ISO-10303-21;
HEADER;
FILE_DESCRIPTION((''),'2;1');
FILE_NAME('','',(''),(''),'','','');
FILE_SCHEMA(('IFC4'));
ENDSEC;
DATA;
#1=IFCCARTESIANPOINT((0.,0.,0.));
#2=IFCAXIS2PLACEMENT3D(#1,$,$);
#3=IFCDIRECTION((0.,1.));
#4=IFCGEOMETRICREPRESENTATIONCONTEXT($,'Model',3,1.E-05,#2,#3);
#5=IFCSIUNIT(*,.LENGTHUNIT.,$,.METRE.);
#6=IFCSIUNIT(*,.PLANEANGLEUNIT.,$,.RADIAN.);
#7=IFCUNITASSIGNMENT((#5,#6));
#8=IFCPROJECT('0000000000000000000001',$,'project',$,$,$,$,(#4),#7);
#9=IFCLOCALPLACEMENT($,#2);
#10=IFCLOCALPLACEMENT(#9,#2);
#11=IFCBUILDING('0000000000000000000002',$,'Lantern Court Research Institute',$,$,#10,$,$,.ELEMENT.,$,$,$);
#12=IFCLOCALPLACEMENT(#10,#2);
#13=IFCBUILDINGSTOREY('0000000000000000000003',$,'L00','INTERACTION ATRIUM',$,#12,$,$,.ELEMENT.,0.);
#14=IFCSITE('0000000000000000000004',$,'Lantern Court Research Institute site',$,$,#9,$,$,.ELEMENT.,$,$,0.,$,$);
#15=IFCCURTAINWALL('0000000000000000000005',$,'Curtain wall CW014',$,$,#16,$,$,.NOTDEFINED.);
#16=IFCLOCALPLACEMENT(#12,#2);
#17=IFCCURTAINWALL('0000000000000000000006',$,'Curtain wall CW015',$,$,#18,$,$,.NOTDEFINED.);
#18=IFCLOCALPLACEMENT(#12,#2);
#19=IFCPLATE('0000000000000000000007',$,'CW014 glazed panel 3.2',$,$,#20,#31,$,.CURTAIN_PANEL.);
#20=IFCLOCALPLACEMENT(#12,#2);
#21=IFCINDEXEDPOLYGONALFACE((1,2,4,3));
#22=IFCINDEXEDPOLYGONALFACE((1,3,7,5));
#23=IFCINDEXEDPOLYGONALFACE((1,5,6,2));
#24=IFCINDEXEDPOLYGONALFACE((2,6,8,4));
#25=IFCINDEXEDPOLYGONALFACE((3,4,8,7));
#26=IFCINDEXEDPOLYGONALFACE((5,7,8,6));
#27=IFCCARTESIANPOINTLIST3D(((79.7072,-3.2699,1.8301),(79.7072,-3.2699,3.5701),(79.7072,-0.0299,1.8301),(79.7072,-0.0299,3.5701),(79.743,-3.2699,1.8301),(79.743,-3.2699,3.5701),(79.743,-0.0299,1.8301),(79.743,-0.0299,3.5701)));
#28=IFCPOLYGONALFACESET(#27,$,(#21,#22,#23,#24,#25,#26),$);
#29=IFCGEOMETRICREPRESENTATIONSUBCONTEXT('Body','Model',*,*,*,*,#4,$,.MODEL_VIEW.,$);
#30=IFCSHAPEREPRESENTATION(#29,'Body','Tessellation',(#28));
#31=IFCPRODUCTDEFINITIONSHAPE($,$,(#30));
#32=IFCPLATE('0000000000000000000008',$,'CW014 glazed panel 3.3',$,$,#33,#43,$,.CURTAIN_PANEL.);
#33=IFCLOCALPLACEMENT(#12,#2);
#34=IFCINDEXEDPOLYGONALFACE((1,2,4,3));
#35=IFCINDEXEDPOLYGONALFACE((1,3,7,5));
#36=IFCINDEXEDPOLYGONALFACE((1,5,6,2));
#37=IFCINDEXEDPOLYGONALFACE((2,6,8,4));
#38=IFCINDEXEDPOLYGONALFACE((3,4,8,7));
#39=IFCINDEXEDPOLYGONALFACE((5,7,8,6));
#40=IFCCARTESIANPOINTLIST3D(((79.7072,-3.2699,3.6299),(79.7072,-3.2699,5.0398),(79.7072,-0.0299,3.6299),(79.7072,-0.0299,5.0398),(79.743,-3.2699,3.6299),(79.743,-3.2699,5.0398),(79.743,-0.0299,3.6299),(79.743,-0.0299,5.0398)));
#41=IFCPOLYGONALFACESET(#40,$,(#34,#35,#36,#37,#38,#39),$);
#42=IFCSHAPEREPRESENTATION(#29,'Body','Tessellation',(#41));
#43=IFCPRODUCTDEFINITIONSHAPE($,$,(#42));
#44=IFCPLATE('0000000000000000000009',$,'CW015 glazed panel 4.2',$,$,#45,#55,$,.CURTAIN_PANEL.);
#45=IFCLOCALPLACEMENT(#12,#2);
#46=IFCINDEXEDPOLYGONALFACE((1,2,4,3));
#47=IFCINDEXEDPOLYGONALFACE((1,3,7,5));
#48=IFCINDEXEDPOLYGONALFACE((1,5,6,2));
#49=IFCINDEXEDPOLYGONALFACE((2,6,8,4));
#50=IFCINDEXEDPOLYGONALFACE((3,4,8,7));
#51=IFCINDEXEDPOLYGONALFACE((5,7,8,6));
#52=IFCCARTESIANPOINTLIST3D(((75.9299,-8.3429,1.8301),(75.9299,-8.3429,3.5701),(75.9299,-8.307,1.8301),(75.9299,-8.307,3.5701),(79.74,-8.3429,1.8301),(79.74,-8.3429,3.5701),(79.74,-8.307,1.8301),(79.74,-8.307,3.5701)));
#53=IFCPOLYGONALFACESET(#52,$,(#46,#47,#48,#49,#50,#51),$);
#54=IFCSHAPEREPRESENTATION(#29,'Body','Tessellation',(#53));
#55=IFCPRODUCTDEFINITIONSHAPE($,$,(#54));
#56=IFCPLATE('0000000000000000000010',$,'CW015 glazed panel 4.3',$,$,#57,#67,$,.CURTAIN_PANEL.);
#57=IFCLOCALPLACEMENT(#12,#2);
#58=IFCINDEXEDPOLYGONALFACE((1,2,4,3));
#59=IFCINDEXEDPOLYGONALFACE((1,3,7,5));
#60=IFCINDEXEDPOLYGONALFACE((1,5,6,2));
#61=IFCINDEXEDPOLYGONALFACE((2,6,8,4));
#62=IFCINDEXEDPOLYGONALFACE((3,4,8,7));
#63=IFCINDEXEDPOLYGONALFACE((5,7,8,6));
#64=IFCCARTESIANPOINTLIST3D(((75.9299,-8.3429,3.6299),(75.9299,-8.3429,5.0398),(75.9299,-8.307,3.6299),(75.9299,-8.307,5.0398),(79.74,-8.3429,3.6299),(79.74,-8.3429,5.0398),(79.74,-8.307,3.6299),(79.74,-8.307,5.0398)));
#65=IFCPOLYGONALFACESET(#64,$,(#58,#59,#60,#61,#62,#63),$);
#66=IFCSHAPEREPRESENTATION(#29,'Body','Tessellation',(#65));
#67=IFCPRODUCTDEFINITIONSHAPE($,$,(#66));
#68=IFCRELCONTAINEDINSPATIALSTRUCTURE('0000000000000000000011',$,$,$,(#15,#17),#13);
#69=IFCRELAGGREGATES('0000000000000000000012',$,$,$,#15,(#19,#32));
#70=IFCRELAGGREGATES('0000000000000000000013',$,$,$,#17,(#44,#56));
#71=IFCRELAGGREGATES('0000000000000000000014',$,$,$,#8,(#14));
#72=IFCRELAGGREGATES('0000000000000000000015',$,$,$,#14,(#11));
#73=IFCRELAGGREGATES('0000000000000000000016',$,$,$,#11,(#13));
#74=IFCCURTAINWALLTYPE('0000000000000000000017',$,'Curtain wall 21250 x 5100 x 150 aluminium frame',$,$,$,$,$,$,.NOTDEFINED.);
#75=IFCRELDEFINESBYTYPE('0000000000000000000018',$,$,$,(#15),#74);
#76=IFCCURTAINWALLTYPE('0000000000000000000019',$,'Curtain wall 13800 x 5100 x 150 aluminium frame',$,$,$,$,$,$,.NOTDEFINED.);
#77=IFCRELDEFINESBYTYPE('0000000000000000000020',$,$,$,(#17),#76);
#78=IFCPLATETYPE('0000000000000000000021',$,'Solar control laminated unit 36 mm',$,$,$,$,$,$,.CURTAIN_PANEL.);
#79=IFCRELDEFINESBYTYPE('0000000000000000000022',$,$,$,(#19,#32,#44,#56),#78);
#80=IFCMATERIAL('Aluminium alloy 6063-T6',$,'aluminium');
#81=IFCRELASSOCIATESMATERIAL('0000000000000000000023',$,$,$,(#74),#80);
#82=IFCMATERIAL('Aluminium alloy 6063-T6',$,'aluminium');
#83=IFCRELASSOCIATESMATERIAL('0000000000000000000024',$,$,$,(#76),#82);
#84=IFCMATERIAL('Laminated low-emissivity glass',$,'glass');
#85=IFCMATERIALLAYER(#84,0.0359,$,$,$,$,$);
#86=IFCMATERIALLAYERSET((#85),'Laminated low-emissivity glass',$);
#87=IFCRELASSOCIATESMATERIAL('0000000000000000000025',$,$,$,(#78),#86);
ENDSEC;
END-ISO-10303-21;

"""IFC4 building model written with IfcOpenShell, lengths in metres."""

from ifc_helpers import new_model, si_unit, direction, frame, origin, origin_2d, place, context, subcontext, project, spatial, rectangle, extrude, material, layer, layer_set, type_object, element, aggregate, save


model = new_model("IFC4")

# Units and contexts
model_context = context("Model", 3, precision=1e-05, world=origin(), true_north=direction((0.0, 1.0)))
body_context = subcontext(model_context, "Body", "Model", "MODEL_VIEW")
ifc_project = project(units=[si_unit("LENGTHUNIT", "METRE"), si_unit("PLANEANGLEUNIT", "RADIAN")], contexts=[model_context])

# Site, building, storey
site_placement = place(None, origin())
site = spatial("IfcSite", under=ifc_project, at=site_placement, Name="Lantern Court Research Institute site", CompositionType="ELEMENT", RefElevation=0.0)
building_placement = place(site_placement, origin())
building = spatial("IfcBuilding", under=site, at=building_placement, Name="Lantern Court Research Institute", CompositionType="ELEMENT")
storey_placement = place(building_placement, origin())
storey = spatial("IfcBuildingStorey", under=building, at=storey_placement, Name="L00", Description="INTERACTION ATRIUM", CompositionType="ELEMENT", Elevation=0.0)

# Curtain wall
ifc_material_1 = material(Name="Aluminium alloy 6063-T6", Category="aluminium")
curtain_wall_type_1 = type_object("IfcCurtainWallType", Name="Curtain wall 21250 x 5100 x 150 aluminium frame", PredefinedType="NOTDEFINED", material=ifc_material_1)
curtain_wall_1_placement = place(storey_placement, origin())
curtain_wall_1 = element("IfcCurtainWall", 1, at=curtain_wall_1_placement, inside=storey, type_object=curtain_wall_type_1, Name="Curtain wall CW014", PredefinedType="NOTDEFINED")

# Curtain wall
ifc_material_2 = material(Name="Aluminium alloy 6063-T6", Category="aluminium")
curtain_wall_type_2 = type_object("IfcCurtainWallType", Name="Curtain wall 13800 x 5100 x 150 aluminium frame", PredefinedType="NOTDEFINED", material=ifc_material_2)
curtain_wall_2_placement = place(storey_placement, origin())
curtain_wall_2 = element("IfcCurtainWall", 2, at=curtain_wall_2_placement, inside=storey, type_object=curtain_wall_type_2, Name="Curtain wall CW015", PredefinedType="NOTDEFINED")

# Plates
ifc_material_3 = material(Name="Laminated low-emissivity glass", Category="glass")
ifc_layer_1 = layer(ifc_material_3, 0.0359)
ifc_layer_set_1 = layer_set([ifc_layer_1], Name="Laminated low-emissivity glass")
plate_type_1 = type_object("IfcPlateType", Name="Solar control laminated unit 36 mm", PredefinedType="CURTAIN_PANEL", material=ifc_layer_set_1)
plate_1_placement = place(storey_placement, frame((79.7251, -1.6499, 1.8301), z_axis=(0.0, 0.0, 1.0), x_axis=(0.0, -1.0, 0.0)))
plate_1 = element("IfcPlate", 3, at=plate_1_placement, type_object=plate_type_1, Name="CW014 glazed panel 3.2", PredefinedType="CURTAIN_PANEL", context=body_context, shape_type="SweptSolid", body=[
    extrude(rectangle(XDim=3.24, YDim=0.0359, at=origin_2d()), origin(), (0.0, 0.0, 1.0), 1.74),
])
plate_2_placement = place(storey_placement, frame((79.7251, -1.6499, 3.6299), z_axis=(0.0, 0.0, 1.0), x_axis=(0.0, -1.0, 0.0)))
plate_2 = element("IfcPlate", 4, at=plate_2_placement, type_object=plate_type_1, Name="CW014 glazed panel 3.3", PredefinedType="CURTAIN_PANEL", context=body_context, shape_type="SweptSolid", body=[
    extrude(rectangle(XDim=3.24, YDim=0.0359, at=origin_2d()), origin(), (0.0, 0.0, 1.0), 1.4099),
])
aggregate(curtain_wall_1, [plate_1, plate_2])
plate_3_placement = place(storey_placement, frame((77.835, -8.325, 1.8301), z_axis=(0.0, 0.0, 1.0), x_axis=(-1.0, 0.0, 0.0)))
plate_3 = element("IfcPlate", 5, at=plate_3_placement, type_object=plate_type_1, Name="CW015 glazed panel 4.2", PredefinedType="CURTAIN_PANEL", context=body_context, shape_type="SweptSolid", body=[
    extrude(rectangle(XDim=3.8101, YDim=0.0359, at=origin_2d()), origin(), (0.0, 0.0, 1.0), 1.74),
])
plate_4_placement = place(storey_placement, frame((77.835, -8.325, 3.6299), z_axis=(0.0, 0.0, 1.0), x_axis=(-1.0, 0.0, 0.0)))
plate_4 = element("IfcPlate", 6, at=plate_4_placement, type_object=plate_type_1, Name="CW015 glazed panel 4.3", PredefinedType="CURTAIN_PANEL", context=body_context, shape_type="SweptSolid", body=[
    extrude(rectangle(XDim=3.8101, YDim=0.0359, at=origin_2d()), origin(), (0.0, 0.0, 1.0), 1.4099),
])
aggregate(curtain_wall_2, [plate_3, plate_4])

save(model, "model.ifc")
